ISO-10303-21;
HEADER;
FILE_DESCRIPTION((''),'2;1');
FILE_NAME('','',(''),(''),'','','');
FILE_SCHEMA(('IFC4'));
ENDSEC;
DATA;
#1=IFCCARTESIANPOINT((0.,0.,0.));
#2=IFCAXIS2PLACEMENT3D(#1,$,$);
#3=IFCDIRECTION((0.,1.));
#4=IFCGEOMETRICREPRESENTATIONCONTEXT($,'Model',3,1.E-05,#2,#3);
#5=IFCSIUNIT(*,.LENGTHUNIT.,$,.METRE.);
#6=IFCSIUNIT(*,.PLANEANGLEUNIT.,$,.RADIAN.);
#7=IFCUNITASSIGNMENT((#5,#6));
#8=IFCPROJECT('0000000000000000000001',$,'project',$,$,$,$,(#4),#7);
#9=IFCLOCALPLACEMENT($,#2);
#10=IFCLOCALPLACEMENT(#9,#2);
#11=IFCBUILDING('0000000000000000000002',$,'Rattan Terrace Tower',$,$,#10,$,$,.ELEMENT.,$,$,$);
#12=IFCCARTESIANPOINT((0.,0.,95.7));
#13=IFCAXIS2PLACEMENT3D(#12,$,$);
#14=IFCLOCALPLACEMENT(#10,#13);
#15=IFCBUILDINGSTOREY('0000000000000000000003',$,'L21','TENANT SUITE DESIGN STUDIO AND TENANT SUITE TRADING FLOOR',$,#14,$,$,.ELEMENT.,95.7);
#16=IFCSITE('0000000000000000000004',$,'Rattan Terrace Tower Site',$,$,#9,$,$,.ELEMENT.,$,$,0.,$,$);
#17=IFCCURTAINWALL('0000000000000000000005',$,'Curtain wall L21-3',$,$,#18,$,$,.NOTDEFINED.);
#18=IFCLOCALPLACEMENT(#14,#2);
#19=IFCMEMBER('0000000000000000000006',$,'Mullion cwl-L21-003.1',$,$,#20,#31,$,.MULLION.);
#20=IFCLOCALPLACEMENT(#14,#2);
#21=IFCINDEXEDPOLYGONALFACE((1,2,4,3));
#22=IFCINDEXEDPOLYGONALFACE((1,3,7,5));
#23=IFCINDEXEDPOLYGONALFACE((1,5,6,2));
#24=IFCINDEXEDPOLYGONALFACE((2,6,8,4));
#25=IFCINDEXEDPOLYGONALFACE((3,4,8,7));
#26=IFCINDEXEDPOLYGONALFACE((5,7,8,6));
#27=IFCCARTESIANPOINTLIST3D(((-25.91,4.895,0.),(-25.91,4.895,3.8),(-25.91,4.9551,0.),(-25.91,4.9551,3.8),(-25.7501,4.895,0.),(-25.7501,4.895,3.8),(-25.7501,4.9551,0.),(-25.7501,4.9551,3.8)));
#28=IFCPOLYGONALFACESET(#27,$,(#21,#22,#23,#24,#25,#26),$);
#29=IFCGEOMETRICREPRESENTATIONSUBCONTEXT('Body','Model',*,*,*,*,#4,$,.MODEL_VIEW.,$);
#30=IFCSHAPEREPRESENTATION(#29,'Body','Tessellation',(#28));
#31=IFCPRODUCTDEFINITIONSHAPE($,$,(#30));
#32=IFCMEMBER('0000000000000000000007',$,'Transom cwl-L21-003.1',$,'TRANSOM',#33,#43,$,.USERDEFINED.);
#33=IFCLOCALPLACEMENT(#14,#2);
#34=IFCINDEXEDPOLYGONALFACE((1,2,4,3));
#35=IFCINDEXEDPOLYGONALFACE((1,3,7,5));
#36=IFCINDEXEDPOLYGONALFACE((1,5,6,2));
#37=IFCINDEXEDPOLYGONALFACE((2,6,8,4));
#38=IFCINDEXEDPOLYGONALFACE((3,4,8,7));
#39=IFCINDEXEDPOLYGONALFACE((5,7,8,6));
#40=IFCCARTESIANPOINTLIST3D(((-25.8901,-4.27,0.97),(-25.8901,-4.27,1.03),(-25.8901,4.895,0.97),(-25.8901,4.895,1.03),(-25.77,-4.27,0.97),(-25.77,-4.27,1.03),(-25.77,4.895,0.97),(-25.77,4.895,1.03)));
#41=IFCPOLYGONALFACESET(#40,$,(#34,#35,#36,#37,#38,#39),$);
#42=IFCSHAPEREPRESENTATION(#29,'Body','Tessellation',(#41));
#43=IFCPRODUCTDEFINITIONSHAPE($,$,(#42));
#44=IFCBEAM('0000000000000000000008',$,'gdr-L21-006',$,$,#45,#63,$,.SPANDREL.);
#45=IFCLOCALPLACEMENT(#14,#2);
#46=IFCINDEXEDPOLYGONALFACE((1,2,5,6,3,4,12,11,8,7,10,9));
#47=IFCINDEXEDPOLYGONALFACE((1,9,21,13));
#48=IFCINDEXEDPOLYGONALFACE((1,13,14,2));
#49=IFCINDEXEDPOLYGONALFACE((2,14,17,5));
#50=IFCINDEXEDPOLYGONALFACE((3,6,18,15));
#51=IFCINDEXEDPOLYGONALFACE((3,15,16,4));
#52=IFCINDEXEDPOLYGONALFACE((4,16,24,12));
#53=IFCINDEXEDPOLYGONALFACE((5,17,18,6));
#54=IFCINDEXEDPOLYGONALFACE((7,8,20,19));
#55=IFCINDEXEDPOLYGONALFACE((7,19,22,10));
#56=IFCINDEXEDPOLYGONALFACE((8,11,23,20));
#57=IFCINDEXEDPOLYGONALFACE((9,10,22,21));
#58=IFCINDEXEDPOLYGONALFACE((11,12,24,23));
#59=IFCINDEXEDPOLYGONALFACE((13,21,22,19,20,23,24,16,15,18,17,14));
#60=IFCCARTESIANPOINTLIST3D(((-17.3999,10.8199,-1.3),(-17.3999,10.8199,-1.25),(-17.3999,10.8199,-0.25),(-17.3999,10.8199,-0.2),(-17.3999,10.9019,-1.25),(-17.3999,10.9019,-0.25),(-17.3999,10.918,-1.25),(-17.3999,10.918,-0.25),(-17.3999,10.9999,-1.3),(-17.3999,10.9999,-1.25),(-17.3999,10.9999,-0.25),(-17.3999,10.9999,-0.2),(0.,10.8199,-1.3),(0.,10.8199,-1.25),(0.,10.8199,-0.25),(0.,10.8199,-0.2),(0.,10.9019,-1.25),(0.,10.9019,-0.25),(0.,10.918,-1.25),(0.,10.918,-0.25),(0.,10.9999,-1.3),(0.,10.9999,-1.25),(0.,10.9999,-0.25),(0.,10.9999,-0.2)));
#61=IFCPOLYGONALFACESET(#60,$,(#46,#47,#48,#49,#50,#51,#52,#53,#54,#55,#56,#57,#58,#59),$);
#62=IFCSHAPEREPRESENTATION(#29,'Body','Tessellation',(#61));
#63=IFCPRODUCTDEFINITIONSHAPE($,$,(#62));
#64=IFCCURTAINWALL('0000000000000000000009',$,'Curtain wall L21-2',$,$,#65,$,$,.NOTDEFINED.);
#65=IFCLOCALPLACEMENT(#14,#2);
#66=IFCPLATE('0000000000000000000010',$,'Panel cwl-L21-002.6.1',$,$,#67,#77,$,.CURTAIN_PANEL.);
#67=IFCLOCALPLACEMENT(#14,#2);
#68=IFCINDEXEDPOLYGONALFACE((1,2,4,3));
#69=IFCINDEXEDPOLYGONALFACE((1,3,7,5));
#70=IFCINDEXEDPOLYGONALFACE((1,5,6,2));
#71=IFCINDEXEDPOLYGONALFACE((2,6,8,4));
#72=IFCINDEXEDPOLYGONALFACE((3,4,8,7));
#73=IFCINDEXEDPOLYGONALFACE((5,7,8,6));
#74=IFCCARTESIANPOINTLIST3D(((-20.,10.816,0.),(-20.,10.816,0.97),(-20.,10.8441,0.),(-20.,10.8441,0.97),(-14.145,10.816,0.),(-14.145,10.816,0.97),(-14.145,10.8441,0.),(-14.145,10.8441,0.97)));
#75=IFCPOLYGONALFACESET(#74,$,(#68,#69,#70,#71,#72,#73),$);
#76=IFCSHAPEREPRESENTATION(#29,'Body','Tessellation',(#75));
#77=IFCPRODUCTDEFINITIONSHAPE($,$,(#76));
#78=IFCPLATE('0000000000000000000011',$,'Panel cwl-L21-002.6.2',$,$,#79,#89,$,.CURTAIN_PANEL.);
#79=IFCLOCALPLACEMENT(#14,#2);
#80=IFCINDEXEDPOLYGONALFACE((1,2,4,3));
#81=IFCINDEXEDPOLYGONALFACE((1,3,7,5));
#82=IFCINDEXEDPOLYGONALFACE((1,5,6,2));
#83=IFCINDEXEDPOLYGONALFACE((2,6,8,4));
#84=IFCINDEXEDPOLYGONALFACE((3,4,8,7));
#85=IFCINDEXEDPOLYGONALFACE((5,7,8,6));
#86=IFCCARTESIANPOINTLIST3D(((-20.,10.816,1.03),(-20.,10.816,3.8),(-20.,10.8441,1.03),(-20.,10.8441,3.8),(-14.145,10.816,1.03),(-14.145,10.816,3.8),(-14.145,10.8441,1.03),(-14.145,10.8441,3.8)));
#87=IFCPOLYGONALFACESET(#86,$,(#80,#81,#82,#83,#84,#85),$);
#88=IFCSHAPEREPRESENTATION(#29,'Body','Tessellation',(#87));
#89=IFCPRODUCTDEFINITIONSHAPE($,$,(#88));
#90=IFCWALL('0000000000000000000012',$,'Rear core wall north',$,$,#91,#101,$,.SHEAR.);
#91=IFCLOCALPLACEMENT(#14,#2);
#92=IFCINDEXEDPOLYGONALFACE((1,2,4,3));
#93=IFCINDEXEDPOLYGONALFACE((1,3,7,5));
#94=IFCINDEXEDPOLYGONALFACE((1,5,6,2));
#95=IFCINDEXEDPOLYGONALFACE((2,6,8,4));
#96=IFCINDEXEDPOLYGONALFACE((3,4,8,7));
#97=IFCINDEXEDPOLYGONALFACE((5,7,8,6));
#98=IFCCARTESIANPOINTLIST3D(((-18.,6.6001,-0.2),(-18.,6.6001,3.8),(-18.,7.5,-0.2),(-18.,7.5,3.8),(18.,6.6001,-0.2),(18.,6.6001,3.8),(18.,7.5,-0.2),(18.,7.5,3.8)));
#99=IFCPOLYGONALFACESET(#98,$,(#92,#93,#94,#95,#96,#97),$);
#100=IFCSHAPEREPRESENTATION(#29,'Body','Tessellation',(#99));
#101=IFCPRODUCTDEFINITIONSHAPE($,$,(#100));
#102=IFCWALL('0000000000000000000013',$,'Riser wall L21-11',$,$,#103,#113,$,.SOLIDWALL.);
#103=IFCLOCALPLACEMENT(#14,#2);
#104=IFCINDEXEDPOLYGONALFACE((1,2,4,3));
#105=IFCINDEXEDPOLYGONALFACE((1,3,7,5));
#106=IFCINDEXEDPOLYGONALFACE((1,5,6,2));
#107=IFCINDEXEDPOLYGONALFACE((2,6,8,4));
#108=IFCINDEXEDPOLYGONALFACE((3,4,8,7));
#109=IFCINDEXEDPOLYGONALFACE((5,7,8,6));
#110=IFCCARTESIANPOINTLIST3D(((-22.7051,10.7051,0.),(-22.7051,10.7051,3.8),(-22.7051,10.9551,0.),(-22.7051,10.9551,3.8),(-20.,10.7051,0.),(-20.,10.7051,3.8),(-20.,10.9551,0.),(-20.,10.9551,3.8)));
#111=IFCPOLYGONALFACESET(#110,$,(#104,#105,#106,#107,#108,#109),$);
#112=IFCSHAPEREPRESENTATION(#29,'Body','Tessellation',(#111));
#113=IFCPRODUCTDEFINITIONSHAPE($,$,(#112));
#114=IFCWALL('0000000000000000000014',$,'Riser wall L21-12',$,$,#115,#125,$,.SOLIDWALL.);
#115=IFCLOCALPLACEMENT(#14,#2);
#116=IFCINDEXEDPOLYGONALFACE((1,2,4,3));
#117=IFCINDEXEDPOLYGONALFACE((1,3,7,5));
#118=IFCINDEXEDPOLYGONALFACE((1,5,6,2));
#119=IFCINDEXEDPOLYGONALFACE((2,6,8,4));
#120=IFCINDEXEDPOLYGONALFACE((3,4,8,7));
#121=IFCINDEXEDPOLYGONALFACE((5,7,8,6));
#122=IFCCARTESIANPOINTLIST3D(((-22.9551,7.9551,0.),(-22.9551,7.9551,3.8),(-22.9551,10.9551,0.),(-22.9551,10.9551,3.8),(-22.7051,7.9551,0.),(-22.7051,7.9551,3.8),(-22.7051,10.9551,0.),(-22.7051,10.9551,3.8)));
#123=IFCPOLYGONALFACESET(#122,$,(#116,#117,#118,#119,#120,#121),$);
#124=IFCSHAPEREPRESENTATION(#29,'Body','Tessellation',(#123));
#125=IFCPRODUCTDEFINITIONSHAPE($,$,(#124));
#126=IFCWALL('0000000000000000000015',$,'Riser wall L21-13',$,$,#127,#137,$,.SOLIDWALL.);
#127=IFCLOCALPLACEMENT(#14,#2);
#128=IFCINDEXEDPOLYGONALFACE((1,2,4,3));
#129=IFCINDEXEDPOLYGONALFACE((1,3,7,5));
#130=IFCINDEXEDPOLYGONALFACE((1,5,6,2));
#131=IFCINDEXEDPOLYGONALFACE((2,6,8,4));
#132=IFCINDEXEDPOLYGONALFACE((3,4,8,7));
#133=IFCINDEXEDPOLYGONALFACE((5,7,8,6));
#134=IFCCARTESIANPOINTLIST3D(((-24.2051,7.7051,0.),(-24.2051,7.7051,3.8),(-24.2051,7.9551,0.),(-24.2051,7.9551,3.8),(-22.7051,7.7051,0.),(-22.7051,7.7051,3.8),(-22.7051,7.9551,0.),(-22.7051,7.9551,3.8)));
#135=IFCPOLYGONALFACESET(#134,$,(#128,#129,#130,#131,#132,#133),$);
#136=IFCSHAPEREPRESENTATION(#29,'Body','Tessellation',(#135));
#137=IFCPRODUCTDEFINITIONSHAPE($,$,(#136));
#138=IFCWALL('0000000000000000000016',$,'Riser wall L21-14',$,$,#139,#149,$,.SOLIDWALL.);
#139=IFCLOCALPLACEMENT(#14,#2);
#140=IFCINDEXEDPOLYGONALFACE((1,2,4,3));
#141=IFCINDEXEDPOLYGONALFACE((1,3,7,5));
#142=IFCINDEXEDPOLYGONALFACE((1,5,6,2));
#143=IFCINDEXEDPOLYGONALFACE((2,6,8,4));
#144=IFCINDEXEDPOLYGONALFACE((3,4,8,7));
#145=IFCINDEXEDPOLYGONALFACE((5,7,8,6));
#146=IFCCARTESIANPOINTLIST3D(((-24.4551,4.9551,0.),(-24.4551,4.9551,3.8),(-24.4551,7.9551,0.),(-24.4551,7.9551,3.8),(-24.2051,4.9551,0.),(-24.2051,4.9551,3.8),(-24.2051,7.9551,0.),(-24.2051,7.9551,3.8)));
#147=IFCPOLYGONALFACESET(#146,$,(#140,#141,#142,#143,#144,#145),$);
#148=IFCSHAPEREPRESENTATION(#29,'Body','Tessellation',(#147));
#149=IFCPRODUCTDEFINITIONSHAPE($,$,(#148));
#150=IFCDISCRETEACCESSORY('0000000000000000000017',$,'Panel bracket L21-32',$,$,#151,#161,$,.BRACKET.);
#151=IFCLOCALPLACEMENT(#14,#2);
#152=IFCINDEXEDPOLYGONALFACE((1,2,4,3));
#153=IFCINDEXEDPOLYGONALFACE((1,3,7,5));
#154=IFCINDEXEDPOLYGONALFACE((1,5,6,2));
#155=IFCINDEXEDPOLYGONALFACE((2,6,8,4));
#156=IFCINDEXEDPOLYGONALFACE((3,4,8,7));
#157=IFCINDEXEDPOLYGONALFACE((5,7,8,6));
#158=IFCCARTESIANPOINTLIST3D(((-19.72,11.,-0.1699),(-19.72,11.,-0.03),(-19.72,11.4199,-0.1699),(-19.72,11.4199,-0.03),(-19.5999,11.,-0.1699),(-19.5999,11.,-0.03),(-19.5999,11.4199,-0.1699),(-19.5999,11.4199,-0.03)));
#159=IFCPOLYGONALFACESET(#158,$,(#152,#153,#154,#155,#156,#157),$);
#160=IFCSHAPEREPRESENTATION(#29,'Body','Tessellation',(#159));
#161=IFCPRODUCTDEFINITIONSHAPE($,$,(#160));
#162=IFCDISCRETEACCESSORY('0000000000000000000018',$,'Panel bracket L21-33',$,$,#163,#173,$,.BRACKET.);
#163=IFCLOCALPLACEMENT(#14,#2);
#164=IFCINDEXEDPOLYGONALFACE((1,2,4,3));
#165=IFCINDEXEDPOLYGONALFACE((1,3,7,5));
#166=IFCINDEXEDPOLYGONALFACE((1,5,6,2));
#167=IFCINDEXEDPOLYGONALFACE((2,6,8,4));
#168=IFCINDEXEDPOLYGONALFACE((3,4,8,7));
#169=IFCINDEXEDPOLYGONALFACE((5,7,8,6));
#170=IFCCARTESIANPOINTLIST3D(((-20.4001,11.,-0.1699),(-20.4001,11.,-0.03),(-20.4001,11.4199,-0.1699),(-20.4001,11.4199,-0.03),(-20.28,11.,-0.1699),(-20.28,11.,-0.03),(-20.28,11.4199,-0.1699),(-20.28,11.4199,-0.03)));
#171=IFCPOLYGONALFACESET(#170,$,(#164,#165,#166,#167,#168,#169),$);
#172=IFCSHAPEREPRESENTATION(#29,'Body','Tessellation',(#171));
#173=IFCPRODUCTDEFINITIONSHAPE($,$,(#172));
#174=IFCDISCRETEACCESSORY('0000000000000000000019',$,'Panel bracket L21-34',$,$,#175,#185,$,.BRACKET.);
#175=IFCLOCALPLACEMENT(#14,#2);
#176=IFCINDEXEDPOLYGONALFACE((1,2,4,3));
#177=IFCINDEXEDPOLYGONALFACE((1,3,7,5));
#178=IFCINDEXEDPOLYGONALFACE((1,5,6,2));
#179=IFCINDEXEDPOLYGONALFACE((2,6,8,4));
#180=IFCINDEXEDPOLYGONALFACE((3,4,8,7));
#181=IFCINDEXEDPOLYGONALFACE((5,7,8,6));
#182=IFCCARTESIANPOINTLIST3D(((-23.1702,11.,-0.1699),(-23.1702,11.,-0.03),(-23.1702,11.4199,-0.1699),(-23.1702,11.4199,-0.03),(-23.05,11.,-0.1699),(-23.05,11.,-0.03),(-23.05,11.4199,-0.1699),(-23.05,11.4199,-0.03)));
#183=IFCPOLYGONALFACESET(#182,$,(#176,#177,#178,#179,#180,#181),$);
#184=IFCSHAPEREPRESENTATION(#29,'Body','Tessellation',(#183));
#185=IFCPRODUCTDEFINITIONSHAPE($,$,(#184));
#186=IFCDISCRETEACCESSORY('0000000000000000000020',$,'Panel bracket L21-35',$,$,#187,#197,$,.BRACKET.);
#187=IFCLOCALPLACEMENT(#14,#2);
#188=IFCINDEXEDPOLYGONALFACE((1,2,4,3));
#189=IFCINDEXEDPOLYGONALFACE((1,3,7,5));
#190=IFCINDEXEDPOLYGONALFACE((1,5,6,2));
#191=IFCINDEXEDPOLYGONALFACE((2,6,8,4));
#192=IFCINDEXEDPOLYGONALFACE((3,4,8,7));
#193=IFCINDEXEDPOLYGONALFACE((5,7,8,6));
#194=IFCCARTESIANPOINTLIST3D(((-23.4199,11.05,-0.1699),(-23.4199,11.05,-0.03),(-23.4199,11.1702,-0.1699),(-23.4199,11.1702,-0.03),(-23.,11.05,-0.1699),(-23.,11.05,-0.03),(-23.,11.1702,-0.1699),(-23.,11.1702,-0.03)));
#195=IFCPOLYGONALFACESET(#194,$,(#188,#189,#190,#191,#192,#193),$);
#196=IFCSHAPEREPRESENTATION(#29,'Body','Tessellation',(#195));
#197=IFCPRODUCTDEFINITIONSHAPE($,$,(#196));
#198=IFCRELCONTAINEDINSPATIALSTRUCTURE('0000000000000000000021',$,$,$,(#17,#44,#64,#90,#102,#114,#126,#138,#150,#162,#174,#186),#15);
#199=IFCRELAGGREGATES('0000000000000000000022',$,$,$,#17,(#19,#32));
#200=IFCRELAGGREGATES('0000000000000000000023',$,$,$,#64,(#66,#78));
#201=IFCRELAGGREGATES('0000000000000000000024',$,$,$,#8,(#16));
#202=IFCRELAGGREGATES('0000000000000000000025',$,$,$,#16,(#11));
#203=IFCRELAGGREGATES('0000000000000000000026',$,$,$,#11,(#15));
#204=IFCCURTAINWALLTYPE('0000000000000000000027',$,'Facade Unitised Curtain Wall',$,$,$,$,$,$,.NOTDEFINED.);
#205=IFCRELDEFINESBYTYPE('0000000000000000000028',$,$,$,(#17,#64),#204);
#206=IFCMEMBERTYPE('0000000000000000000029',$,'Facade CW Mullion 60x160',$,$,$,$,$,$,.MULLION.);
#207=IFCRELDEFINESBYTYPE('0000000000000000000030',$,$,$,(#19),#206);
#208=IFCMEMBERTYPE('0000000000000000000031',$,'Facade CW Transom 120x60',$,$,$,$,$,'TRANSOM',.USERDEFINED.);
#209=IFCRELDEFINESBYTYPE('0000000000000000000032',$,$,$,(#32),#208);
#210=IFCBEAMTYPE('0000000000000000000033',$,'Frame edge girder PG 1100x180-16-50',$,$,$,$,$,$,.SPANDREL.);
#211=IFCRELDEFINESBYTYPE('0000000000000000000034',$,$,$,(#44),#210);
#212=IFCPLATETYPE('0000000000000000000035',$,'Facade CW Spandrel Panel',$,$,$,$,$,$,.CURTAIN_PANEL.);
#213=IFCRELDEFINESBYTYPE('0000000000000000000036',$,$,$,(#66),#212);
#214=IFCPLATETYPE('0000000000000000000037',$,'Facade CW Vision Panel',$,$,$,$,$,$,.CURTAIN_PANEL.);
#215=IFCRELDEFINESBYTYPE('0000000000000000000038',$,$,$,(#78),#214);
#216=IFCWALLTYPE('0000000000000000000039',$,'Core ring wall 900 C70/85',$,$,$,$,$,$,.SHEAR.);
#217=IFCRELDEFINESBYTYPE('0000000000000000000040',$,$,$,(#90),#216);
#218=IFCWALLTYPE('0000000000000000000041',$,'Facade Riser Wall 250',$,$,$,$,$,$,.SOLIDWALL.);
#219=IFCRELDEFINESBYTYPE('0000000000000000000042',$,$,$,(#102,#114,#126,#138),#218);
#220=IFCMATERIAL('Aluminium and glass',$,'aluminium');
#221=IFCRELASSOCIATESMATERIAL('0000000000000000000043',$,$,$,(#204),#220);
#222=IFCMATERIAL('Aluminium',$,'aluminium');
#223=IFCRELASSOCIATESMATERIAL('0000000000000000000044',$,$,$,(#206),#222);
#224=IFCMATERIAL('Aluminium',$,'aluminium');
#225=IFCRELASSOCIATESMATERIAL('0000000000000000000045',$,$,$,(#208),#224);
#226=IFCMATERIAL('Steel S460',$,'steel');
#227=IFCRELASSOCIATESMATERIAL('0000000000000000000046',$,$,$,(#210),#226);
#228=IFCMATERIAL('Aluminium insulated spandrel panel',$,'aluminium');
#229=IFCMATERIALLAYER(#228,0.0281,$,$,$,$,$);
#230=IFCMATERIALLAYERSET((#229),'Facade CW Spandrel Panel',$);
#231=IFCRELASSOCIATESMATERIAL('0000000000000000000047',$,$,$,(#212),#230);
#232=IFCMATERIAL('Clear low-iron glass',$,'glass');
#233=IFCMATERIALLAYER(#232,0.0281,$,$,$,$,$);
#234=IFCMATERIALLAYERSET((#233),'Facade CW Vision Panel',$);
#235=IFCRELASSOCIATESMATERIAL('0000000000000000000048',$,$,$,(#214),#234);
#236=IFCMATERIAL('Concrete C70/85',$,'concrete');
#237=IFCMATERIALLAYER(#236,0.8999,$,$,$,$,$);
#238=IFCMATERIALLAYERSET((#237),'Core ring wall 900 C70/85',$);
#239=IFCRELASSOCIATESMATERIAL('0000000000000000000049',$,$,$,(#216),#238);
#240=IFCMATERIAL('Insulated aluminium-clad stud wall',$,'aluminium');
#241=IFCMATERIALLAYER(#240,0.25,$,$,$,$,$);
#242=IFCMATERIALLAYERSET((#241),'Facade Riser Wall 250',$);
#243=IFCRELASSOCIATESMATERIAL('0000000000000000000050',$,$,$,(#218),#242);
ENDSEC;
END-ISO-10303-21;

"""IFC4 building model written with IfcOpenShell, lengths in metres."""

from ifc_helpers import new_model, si_unit, direction, frame, frame_2d, origin, origin_2d, place, context, subcontext, project, spatial, rectangle, i_section, extrude, material, layer, layer_set, material_profile, profile_set, type_object, element, aggregate, save


model = new_model("IFC4")

# Units and contexts
model_context = context("Model", 3, precision=1e-05, world=origin(), true_north=direction((0.0, 1.0)))
body_context = subcontext(model_context, "Body", "Model", "MODEL_VIEW")
ifc_project = project(units=[si_unit("LENGTHUNIT", "METRE"), si_unit("PLANEANGLEUNIT", "RADIAN")], contexts=[model_context])

# Site, building, storey
site_placement = place(None, origin())
site = spatial("IfcSite", under=ifc_project, at=site_placement, Name="Rattan Terrace Tower Site", CompositionType="ELEMENT", RefElevation=0.0)
building_placement = place(site_placement, origin())
building = spatial("IfcBuilding", under=site, at=building_placement, Name="Rattan Terrace Tower", CompositionType="ELEMENT")
storey_placement = place(building_placement, frame((0.0, 0.0, 95.7)))
storey = spatial("IfcBuildingStorey", under=building, at=storey_placement, Name="L21", Description="TENANT SUITE DESIGN STUDIO AND TENANT SUITE TRADING FLOOR", CompositionType="ELEMENT", Elevation=95.7)

# Curtain wall, members
ifc_material_1 = material(Name="Aluminium and glass", Category="aluminium")
curtain_wall_type = type_object("IfcCurtainWallType", Name="Facade Unitised Curtain Wall", PredefinedType="NOTDEFINED", material=ifc_material_1)
curtain_wall_1_placement = place(storey_placement, origin())
curtain_wall_1 = element("IfcCurtainWall", 1, at=curtain_wall_1_placement, inside=storey, type_object=curtain_wall_type, Name="Curtain wall L21-3", PredefinedType="NOTDEFINED")
ifc_material_2 = material(Name="Aluminium", Category="aluminium")
ifc_material_profile_1 = material_profile(ifc_material_2, rectangle(XDim=0.0601, YDim=0.1599, at=origin_2d()), Name="Aluminium 60x160")
ifc_profile_set_1 = profile_set([ifc_material_profile_1], Name="Aluminium")
member_type_1 = type_object("IfcMemberType", Name="Facade CW Mullion 60x160", PredefinedType="MULLION", material=ifc_profile_set_1)
member_1_placement = place(storey_placement, frame((-25.8301, 4.925, 0.0), z_axis=(0.0, 0.0, 1.0), x_axis=(0.0, -1.0, 0.0)))
member_1 = element("IfcMember", 2, at=member_1_placement, type_object=member_type_1, Name="Mullion cwl-L21-003.1", PredefinedType="MULLION", context=body_context, shape_type="SweptSolid", body=[
    extrude(rectangle(XDim=0.0601, YDim=0.1599, at=origin_2d()), origin(), (0.0, 0.0, 1.0), 3.8),
])
ifc_material_3 = material(Name="Aluminium", Category="aluminium")
ifc_material_profile_2 = material_profile(ifc_material_3, rectangle(XDim=0.1201, YDim=0.0601, at=origin_2d()), Name="Aluminium 120x60")
ifc_profile_set_2 = profile_set([ifc_material_profile_2], Name="Aluminium")
member_type_2 = type_object("IfcMemberType", Name="Facade CW Transom 120x60", ElementType="TRANSOM", PredefinedType="USERDEFINED", material=ifc_profile_set_2)
member_2_placement = place(storey_placement, frame((-25.8301, 4.895, 1.0), z_axis=(0.0, -1.0, 0.0), x_axis=(1.0, 0.0, 0.0)))
member_2 = element("IfcMember", 3, at=member_2_placement, type_object=member_type_2, Name="Transom cwl-L21-003.1", ObjectType="TRANSOM", PredefinedType="USERDEFINED", context=body_context, shape_type="SweptSolid", body=[
    extrude(rectangle(XDim=0.1201, YDim=0.0601, at=origin_2d()), origin(), (0.0, 0.0, 1.0), 9.165),
])
aggregate(curtain_wall_1, [member_1, member_2])

# Beam
ifc_material_4 = material(Name="Steel S460", Category="steel")
ifc_material_profile_3 = material_profile(ifc_material_4, i_section(OverallWidth=0.1799, OverallDepth=1.1001, WebThickness=0.0161, FlangeThickness=0.05, at=origin_2d()), Name="PG 1100x180-16-50")
ifc_profile_set_3 = profile_set([ifc_material_profile_3], Name="Steel S460")
beam_type = type_object("IfcBeamType", Name="Frame edge girder PG 1100x180-16-50", PredefinedType="SPANDREL", material=ifc_profile_set_3)
beam_placement = place(storey_placement, frame((-17.3999, 10.9099, -0.75), z_axis=(1.0, 0.0, 0.0), x_axis=(0.0, 1.0, 0.0)))
element("IfcBeam", 4, at=beam_placement, inside=storey, type_object=beam_type, Name="gdr-L21-006", PredefinedType="SPANDREL", context=body_context, shape_type="SweptSolid", body=[
    extrude(i_section(OverallWidth=0.1799, OverallDepth=1.1001, WebThickness=0.0161, FlangeThickness=0.05, at=origin_2d()), origin(), (0.0, 0.0, 1.0), 17.3999),
])

# Curtain wall, plates
curtain_wall_2_placement = place(storey_placement, origin())
curtain_wall_2 = element("IfcCurtainWall", 5, at=curtain_wall_2_placement, inside=storey, type_object=curtain_wall_type, Name="Curtain wall L21-2", PredefinedType="NOTDEFINED")
ifc_material_5 = material(Name="Aluminium insulated spandrel panel", Category="aluminium")
ifc_layer_1 = layer(ifc_material_5, 0.0281)
ifc_layer_set_1 = layer_set([ifc_layer_1], Name="Facade CW Spandrel Panel")
plate_type_1 = type_object("IfcPlateType", Name="Facade CW Spandrel Panel", PredefinedType="CURTAIN_PANEL", material=ifc_layer_set_1)
plate_1_placement = place(storey_placement, frame((-17.0725, 10.8301, 0.0), z_axis=(0.0, 0.0, 1.0), x_axis=(-1.0, 0.0, 0.0)))
plate_1 = element("IfcPlate", 6, at=plate_1_placement, type_object=plate_type_1, Name="Panel cwl-L21-002.6.1", PredefinedType="CURTAIN_PANEL", context=body_context, shape_type="SweptSolid", body=[
    extrude(rectangle(XDim=5.855, YDim=0.0281, at=origin_2d()), origin(), (0.0, 0.0, 1.0), 0.97),
])
ifc_material_6 = material(Name="Clear low-iron glass", Category="glass")
ifc_layer_2 = layer(ifc_material_6, 0.0281)
ifc_layer_set_2 = layer_set([ifc_layer_2], Name="Facade CW Vision Panel")
plate_type_2 = type_object("IfcPlateType", Name="Facade CW Vision Panel", PredefinedType="CURTAIN_PANEL", material=ifc_layer_set_2)
plate_2_placement = place(storey_placement, frame((-17.0725, 10.8301, 1.03), z_axis=(0.0, 0.0, 1.0), x_axis=(-1.0, 0.0, 0.0)))
plate_2 = element("IfcPlate", 7, at=plate_2_placement, type_object=plate_type_2, Name="Panel cwl-L21-002.6.2", PredefinedType="CURTAIN_PANEL", context=body_context, shape_type="SweptSolid", body=[
    extrude(rectangle(XDim=5.855, YDim=0.0281, at=origin_2d()), origin(), (0.0, 0.0, 1.0), 2.77),
])
aggregate(curtain_wall_2, [plate_1, plate_2])

# Walls
ifc_material_7 = material(Name="Concrete C70/85", Category="concrete")
ifc_layer_3 = layer(ifc_material_7, 0.8999)
ifc_layer_set_3 = layer_set([ifc_layer_3], Name="Core ring wall 900 C70/85")
wall_type_1 = type_object("IfcWallType", Name="Core ring wall 900 C70/85", PredefinedType="SHEAR", material=ifc_layer_set_3)
wall_1_placement = place(storey_placement, frame((-18.0, 7.05, -0.2), z_axis=(0.0, 0.0, 1.0), x_axis=(1.0, 0.0, 0.0)))
element("IfcWall", 8, at=wall_1_placement, inside=storey, type_object=wall_type_1, Name="Rear core wall north", PredefinedType="SHEAR", context=body_context, shape_type="SweptSolid", body=[
    extrude(rectangle(XDim=36.0, YDim=0.8999, at=frame_2d((18.0, 0.0))), origin(), (0.0, 0.0, 1.0), 4.0),
])
ifc_material_8 = material(Name="Insulated aluminium-clad stud wall", Category="aluminium")
ifc_layer_4 = layer(ifc_material_8, 0.25)
ifc_layer_set_4 = layer_set([ifc_layer_4], Name="Facade Riser Wall 250")
wall_type_2 = type_object("IfcWallType", Name="Facade Riser Wall 250", PredefinedType="SOLIDWALL", material=ifc_layer_set_4)
wall_2_placement = place(storey_placement, frame((-20.0, 10.8301, 0.0), z_axis=(0.0, 0.0, 1.0), x_axis=(-1.0, 0.0, 0.0)))
element("IfcWall", 9, at=wall_2_placement, inside=storey, type_object=wall_type_2, Name="Riser wall L21-11", PredefinedType="SOLIDWALL", context=body_context, shape_type="SweptSolid", body=[
    extrude(rectangle(XDim=2.7051, YDim=0.25, at=frame_2d((1.3525, 0.0))), origin(), (0.0, 0.0, 1.0), 3.8),
])
wall_3_placement = place(storey_placement, frame((-22.8301, 10.9551, 0.0), z_axis=(0.0, 0.0, 1.0), x_axis=(0.0, -1.0, 0.0)))
element("IfcWall", 10, at=wall_3_placement, inside=storey, type_object=wall_type_2, Name="Riser wall L21-12", PredefinedType="SOLIDWALL", context=body_context, shape_type="SweptSolid", body=[
    extrude(rectangle(XDim=3.0, YDim=0.25, at=frame_2d((1.5, 0.0))), origin(), (0.0, 0.0, 1.0), 3.8),
])
wall_4_placement = place(storey_placement, frame((-22.7051, 7.8301, 0.0), z_axis=(0.0, 0.0, 1.0), x_axis=(-1.0, 0.0, 0.0)))
element("IfcWall", 11, at=wall_4_placement, inside=storey, type_object=wall_type_2, Name="Riser wall L21-13", PredefinedType="SOLIDWALL", context=body_context, shape_type="SweptSolid", body=[
    extrude(rectangle(XDim=1.5, YDim=0.25, at=frame_2d((0.75, 0.0))), origin(), (0.0, 0.0, 1.0), 3.8),
])
wall_5_placement = place(storey_placement, frame((-24.3301, 7.9551, 0.0), z_axis=(0.0, 0.0, 1.0), x_axis=(0.0, -1.0, 0.0)))
element("IfcWall", 12, at=wall_5_placement, inside=storey, type_object=wall_type_2, Name="Riser wall L21-14", PredefinedType="SOLIDWALL", context=body_context, shape_type="SweptSolid", body=[
    extrude(rectangle(XDim=3.0, YDim=0.25, at=frame_2d((1.5, 0.0))), origin(), (0.0, 0.0, 1.0), 3.8),
])

# Discrete accessories
for number, where, z_axis, x_axis, name in (
    (13, (-19.6599, 11.21, -0.1699), (0.0, 0.0, 1.0), (-1.0, 0.0, 0.0), "Panel bracket L21-32"),
    (14, (-20.3401, 11.21, -0.1699), (0.0, 0.0, 1.0), (-1.0, 0.0, 0.0), "Panel bracket L21-33"),
    (15, (-23.1101, 11.21, -0.1699), (0.0, 0.0, 1.0), (-1.0, 0.0, 0.0), "Panel bracket L21-34"),
    (16, (-23.21, 11.1101, -0.1699), (0.0, 0.0, 1.0), (0.0, -1.0, 0.0), "Panel bracket L21-35"),
):
    element("IfcDiscreteAccessory", number, at=place(storey_placement, frame(where, z_axis=z_axis, x_axis=x_axis)), inside=storey, Name=name, PredefinedType="BRACKET", context=body_context, shape_type="SweptSolid", body=[
        extrude(rectangle(XDim=0.1201, YDim=0.4199, at=origin_2d()), origin(), (0.0, 0.0, 1.0), 0.1399),
    ])

save(model, "model.ifc")
